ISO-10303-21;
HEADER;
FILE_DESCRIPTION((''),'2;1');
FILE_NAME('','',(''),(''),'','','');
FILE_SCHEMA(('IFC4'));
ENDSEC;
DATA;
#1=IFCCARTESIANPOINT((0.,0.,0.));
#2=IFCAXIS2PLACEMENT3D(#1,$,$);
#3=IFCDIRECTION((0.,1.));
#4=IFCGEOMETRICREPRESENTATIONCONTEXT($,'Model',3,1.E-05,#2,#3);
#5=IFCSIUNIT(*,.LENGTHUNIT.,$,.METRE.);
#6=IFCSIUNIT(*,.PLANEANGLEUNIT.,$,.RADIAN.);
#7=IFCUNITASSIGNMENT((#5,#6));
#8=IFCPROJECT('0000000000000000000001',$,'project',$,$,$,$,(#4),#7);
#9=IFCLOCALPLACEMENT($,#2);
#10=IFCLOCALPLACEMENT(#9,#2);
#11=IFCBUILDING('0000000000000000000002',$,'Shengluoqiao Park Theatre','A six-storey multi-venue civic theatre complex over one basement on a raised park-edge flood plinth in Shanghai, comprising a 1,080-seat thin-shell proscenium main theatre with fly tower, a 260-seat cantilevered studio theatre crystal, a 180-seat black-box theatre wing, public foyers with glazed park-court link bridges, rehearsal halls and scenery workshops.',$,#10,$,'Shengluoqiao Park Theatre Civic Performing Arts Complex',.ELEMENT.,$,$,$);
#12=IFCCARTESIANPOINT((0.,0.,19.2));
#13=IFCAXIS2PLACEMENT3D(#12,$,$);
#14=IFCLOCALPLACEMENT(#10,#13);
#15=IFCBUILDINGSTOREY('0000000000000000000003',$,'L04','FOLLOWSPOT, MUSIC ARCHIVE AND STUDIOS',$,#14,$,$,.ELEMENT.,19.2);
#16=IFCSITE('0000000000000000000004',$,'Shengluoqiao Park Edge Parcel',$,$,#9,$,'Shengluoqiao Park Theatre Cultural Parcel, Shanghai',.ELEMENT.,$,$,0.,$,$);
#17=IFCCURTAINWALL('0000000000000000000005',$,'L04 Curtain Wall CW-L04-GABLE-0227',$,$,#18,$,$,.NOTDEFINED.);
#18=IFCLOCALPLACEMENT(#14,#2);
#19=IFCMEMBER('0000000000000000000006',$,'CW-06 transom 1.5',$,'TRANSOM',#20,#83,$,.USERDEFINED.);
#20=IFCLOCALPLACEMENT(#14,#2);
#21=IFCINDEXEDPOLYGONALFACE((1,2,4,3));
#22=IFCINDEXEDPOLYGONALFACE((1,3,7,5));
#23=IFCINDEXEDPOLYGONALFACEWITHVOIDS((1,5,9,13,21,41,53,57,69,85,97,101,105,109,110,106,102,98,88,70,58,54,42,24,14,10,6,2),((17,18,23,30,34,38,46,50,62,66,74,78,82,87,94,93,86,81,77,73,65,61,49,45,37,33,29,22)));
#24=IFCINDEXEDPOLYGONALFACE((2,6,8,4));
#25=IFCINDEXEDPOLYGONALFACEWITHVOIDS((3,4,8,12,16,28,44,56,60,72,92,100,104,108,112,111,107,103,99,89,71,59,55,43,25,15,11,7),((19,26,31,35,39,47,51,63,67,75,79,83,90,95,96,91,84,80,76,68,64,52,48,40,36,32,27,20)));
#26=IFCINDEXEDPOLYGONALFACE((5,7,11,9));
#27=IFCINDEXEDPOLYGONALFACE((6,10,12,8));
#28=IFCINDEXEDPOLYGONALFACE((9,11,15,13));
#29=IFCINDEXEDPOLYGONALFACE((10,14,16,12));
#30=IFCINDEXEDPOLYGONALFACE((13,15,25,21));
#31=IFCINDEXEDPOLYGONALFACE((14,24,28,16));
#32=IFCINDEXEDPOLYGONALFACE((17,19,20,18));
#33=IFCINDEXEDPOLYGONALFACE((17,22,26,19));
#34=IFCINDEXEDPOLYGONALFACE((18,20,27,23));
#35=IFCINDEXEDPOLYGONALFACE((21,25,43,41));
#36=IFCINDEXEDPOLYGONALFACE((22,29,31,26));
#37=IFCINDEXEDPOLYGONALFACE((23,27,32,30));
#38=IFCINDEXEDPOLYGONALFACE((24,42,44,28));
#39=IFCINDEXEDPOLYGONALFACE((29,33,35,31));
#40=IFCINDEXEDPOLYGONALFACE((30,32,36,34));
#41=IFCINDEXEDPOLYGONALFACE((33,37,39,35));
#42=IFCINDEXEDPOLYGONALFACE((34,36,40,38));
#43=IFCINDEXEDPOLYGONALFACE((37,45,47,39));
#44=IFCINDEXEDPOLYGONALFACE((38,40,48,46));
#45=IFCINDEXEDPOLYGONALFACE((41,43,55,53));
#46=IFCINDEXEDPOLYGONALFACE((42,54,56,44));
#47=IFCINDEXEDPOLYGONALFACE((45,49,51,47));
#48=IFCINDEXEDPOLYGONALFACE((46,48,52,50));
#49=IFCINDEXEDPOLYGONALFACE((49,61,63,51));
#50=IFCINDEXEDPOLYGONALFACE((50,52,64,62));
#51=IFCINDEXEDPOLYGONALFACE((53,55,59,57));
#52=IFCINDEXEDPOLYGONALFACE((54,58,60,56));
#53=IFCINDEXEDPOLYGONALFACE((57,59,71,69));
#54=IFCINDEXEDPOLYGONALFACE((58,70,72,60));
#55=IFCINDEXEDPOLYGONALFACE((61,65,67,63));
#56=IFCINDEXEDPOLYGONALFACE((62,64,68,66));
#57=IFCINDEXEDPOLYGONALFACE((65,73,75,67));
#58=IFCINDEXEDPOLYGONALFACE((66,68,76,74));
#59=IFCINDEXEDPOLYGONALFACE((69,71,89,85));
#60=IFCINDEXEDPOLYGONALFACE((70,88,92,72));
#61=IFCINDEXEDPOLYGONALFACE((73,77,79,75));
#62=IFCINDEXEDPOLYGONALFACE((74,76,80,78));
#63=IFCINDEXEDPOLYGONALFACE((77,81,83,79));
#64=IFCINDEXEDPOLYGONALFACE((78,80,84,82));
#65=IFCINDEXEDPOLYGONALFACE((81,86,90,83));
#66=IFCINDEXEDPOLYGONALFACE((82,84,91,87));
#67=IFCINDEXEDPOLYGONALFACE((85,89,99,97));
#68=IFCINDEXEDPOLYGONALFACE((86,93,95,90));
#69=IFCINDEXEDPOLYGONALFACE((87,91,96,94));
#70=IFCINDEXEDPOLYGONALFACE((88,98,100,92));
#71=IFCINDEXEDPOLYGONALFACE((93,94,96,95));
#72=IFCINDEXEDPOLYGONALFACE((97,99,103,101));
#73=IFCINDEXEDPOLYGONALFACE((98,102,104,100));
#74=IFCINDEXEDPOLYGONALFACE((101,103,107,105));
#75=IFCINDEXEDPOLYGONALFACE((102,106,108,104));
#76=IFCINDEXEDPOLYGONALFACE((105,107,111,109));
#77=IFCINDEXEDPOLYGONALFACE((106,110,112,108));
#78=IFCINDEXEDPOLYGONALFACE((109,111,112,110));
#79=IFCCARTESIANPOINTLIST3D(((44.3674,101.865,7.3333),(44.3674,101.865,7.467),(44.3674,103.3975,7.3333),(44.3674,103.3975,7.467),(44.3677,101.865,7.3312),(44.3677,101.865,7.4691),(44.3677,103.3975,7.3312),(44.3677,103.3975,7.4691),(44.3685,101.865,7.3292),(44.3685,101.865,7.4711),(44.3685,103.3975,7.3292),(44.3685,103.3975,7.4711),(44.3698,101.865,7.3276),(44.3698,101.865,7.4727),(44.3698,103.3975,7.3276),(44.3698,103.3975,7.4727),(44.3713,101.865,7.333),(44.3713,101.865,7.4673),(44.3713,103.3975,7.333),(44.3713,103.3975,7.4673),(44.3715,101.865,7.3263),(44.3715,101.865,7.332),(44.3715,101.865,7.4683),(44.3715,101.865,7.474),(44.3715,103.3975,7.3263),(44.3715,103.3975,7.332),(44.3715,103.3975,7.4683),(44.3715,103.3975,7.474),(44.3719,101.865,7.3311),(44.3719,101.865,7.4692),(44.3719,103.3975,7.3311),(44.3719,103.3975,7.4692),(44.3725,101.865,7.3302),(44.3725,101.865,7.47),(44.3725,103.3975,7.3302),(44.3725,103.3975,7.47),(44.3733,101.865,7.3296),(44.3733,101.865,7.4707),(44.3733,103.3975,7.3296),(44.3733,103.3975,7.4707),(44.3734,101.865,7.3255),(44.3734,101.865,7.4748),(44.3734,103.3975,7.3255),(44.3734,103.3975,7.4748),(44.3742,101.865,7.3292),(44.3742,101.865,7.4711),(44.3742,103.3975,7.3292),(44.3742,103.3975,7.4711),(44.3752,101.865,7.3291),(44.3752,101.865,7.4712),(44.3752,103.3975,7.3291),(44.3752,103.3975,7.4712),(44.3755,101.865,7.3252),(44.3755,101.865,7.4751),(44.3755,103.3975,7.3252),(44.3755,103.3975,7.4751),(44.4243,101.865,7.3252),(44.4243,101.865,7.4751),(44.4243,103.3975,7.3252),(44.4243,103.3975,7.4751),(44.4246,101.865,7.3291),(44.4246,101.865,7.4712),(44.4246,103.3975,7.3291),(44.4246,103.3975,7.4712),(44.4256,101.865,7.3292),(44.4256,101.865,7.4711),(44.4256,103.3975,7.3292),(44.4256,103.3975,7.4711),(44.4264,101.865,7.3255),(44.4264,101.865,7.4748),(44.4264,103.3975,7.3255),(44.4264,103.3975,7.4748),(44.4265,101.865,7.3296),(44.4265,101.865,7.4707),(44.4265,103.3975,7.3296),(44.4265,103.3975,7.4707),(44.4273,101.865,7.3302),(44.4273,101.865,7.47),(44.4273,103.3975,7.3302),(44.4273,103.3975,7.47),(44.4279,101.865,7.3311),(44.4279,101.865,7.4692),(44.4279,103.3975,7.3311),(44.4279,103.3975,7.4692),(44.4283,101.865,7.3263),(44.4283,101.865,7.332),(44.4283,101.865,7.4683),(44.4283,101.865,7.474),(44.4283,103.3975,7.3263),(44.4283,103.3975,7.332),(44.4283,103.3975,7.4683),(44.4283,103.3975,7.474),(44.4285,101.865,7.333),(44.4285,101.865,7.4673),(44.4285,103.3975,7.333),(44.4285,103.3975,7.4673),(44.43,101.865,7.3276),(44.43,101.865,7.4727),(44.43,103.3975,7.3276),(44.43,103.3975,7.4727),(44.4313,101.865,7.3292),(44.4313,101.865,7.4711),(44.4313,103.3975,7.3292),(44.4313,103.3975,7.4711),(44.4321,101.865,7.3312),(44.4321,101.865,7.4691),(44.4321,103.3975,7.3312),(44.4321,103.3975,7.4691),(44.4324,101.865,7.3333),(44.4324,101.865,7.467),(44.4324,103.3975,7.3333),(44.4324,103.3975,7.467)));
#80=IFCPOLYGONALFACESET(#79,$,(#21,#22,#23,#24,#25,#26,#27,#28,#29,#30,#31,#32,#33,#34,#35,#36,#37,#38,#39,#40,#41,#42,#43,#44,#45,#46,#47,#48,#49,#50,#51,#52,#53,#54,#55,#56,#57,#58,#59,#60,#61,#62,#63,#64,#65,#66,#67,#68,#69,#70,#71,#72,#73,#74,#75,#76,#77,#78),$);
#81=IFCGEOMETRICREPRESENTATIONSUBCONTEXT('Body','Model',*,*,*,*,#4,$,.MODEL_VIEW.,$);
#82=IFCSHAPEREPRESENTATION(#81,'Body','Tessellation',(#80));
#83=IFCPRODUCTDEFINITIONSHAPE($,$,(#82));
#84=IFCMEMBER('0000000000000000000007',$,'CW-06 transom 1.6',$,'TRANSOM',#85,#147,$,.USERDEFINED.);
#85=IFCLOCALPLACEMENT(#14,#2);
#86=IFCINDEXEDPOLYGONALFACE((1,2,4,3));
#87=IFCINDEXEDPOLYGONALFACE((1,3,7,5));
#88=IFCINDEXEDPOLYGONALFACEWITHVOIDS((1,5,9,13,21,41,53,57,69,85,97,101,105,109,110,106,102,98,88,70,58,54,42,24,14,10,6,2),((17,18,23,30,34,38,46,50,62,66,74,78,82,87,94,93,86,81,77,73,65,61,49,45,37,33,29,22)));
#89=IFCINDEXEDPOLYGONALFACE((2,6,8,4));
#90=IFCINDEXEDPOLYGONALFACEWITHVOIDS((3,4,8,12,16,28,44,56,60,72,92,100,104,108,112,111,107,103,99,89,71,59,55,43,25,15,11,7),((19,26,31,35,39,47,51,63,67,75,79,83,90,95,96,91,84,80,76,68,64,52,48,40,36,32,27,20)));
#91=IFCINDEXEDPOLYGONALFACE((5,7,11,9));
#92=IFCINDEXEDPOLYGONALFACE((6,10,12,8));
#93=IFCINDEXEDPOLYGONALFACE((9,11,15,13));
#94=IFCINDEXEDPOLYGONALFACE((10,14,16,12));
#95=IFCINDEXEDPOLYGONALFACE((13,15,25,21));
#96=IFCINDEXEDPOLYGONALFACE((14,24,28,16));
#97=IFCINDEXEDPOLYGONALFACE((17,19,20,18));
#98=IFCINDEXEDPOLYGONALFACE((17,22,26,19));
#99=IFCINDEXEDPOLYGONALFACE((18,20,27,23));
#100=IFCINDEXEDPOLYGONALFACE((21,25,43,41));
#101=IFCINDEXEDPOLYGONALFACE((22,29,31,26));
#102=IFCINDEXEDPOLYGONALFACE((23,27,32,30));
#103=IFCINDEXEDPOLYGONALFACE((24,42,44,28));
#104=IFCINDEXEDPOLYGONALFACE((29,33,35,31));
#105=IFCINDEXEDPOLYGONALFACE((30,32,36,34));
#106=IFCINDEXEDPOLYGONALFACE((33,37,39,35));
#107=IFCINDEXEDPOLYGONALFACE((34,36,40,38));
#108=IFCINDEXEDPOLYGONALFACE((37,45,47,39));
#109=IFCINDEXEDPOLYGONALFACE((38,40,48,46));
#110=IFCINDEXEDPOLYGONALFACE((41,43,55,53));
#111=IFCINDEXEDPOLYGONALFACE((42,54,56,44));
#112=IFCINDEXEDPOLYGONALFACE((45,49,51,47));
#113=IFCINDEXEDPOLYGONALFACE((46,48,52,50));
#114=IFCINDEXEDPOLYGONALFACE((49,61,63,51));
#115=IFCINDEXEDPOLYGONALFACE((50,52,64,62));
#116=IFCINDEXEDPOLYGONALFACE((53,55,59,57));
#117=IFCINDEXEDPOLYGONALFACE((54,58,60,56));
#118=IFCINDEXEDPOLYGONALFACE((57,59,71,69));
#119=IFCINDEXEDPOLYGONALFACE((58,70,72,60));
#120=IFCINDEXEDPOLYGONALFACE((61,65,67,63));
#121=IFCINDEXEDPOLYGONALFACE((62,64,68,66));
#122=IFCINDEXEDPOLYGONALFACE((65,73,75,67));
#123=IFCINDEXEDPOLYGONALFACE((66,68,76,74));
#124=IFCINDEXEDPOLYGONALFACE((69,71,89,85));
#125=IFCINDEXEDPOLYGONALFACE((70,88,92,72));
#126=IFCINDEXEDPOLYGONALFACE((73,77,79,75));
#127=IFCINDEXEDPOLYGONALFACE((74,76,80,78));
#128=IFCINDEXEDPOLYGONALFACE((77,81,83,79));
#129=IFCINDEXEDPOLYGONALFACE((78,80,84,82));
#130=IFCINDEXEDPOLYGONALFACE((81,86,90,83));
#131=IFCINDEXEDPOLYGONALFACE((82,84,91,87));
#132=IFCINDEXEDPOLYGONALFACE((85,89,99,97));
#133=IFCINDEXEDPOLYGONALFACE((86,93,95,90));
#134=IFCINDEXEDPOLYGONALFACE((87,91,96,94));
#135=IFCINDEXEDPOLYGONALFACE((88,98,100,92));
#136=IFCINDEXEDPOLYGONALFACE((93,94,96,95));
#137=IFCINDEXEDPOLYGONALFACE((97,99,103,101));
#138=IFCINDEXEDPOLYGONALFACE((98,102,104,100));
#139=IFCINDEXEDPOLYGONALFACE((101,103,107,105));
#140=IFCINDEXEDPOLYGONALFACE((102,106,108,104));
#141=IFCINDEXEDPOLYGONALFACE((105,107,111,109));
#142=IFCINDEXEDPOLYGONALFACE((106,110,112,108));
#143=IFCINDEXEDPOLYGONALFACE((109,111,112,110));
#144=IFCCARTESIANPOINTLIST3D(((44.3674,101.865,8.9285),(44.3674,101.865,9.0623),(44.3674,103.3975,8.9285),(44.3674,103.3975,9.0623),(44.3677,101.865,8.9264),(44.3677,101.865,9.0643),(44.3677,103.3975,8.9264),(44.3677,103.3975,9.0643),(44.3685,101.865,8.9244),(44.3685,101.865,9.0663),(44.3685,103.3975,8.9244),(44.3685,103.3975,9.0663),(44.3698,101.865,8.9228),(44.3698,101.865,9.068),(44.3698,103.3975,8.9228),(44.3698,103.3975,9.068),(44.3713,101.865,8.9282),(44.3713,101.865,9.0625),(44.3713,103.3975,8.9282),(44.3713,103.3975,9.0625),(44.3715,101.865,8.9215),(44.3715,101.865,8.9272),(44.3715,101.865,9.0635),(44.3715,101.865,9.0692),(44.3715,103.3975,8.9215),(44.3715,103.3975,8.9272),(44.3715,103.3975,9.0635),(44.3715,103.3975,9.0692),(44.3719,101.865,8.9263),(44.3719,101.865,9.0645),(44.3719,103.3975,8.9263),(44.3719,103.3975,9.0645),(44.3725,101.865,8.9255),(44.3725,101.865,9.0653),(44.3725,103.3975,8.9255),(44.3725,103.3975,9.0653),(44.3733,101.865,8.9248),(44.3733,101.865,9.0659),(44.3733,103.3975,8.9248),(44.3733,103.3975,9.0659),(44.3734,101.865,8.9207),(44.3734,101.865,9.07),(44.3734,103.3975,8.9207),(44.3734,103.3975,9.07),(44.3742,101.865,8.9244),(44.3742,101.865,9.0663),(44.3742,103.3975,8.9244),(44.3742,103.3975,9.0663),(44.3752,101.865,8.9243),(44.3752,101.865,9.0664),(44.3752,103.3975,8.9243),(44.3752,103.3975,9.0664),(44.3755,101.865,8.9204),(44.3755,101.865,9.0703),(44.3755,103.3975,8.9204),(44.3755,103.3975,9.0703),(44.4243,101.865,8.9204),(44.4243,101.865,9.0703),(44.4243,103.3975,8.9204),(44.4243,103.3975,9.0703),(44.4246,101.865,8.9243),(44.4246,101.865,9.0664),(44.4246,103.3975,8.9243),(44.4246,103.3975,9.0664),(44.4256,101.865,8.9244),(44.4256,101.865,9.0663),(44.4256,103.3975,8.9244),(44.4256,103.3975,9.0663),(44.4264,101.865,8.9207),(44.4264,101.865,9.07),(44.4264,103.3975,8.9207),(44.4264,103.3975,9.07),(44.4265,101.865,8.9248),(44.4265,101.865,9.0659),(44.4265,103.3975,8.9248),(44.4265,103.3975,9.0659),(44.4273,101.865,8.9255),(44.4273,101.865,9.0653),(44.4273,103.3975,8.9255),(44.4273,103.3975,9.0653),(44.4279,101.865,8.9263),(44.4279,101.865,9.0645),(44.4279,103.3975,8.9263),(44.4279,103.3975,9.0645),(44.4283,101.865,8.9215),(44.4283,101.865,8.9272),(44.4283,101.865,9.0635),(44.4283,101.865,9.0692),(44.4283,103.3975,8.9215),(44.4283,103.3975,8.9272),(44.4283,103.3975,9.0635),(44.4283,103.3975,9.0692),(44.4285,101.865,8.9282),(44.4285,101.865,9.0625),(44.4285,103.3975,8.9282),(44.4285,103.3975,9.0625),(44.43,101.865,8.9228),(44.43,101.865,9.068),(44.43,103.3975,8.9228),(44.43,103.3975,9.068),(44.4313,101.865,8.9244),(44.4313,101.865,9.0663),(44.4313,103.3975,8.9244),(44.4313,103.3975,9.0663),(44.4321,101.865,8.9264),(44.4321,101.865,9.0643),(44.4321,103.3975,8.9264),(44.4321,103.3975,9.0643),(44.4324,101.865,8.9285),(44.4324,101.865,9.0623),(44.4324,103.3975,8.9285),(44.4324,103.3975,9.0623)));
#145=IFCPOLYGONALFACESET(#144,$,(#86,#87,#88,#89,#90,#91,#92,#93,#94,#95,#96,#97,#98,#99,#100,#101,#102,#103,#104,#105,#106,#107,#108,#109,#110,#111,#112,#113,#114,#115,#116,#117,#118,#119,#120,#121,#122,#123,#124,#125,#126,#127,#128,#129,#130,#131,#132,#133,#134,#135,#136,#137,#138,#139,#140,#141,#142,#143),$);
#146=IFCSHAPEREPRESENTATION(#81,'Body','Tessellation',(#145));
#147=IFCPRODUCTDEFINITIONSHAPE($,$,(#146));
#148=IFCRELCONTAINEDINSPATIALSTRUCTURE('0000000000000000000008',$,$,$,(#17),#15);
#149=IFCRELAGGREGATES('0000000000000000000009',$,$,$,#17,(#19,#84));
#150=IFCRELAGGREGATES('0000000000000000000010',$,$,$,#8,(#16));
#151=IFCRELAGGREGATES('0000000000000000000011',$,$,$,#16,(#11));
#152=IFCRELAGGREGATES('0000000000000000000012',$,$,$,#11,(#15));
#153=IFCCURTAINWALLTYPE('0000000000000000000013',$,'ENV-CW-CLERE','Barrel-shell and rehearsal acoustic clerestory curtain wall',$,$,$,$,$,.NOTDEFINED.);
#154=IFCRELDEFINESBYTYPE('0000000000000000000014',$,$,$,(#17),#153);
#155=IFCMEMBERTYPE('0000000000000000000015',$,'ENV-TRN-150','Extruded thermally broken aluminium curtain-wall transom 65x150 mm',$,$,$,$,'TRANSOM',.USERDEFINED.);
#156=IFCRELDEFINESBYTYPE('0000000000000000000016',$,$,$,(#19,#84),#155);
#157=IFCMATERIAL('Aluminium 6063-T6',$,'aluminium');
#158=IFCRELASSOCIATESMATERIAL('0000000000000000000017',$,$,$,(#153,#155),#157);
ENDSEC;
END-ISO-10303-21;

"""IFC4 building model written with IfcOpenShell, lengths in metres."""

from ifc_helpers import new_model, si_unit, direction, frame, origin, origin_2d, place, context, subcontext, project, spatial, hollow_rectangle, extrude, material, material_profile, profile_set, type_object, element, aggregate, save


model = new_model("IFC4")

# Units and contexts
model_context = context("Model", 3, precision=1e-05, world=origin(), true_north=direction((0.0, 1.0)))
body_context = subcontext(model_context, "Body", "Model", "MODEL_VIEW")
ifc_project = project(units=[si_unit("LENGTHUNIT", "METRE"), si_unit("PLANEANGLEUNIT", "RADIAN")], contexts=[model_context])

# Site, building, storey
site_placement = place(None, origin())
site = spatial("IfcSite", under=ifc_project, at=site_placement, Name="Shengluoqiao Park Edge Parcel", LongName="Shengluoqiao Park Theatre Cultural Parcel, Shanghai", CompositionType="ELEMENT", RefElevation=0.0)
building_placement = place(site_placement, origin())
building = spatial("IfcBuilding", under=site, at=building_placement, Name="Shengluoqiao Park Theatre", Description="A six-storey multi-venue civic theatre complex over one basement on a raised park-edge flood plinth in Shanghai, comprising a 1,080-seat thin-shell proscenium main theatre with fly tower, a 260-seat cantilevered studio theatre crystal, a 180-seat black-box theatre wing, public foyers with glazed park-court link bridges, rehearsal halls and scenery workshops.", LongName="Shengluoqiao Park Theatre Civic Performing Arts Complex", CompositionType="ELEMENT")
storey_placement = place(building_placement, frame((0.0, 0.0, 19.2)))
storey = spatial("IfcBuildingStorey", under=building, at=storey_placement, Name="L04", Description="FOLLOWSPOT, MUSIC ARCHIVE AND STUDIOS", CompositionType="ELEMENT", Elevation=19.2)

# Curtain wall, members
ifc_material_1 = material(Name="Aluminium 6063-T6", Category="aluminium")
curtain_wall_type = type_object("IfcCurtainWallType", Name="ENV-CW-CLERE", Description="Barrel-shell and rehearsal acoustic clerestory curtain wall", PredefinedType="NOTDEFINED", material=ifc_material_1)
curtain_wall_1_placement = place(storey_placement, origin())
curtain_wall_1 = element("IfcCurtainWall", 1, at=curtain_wall_1_placement, inside=storey, type_object=curtain_wall_type, Name="L04 Curtain Wall CW-L04-GABLE-0227", PredefinedType="NOTDEFINED")
ifc_material_profile = material_profile(ifc_material_1, hollow_rectangle(XDim=0.0649, YDim=0.1499, WallThickness=0.0039, InnerFilletRadius=0.0039, OuterFilletRadius=0.0081, at=origin_2d()), Name="ALU TRANSOM 150x65x4")
ifc_profile_set = profile_set([ifc_material_profile], Name="Aluminium 6063-T6")
member_type = type_object("IfcMemberType", Name="ENV-TRN-150", Description="Extruded thermally broken aluminium curtain-wall transom 65x150 mm", ElementType="TRANSOM", PredefinedType="USERDEFINED", material=ifc_profile_set)
member_1_placement = place(storey_placement, frame((44.3999, 101.865, 7.4001), z_axis=(0.0, 1.0, 0.0), x_axis=(-1.0, 0.0, 0.0)))
member_1 = element("IfcMember", 2, at=member_1_placement, type_object=member_type, Name="CW-06 transom 1.5", ObjectType="TRANSOM", PredefinedType="USERDEFINED", context=body_context, shape_type="SweptSolid", body=[
    extrude(hollow_rectangle(XDim=0.0649, YDim=0.1499, WallThickness=0.0039, InnerFilletRadius=0.0039, OuterFilletRadius=0.0081, at=origin_2d()), origin(), (0.0, 0.0, 1.0), 1.5325),
])
member_2_placement = place(storey_placement, frame((44.3999, 101.865, 8.9954), z_axis=(0.0, 1.0, 0.0), x_axis=(-1.0, 0.0, 0.0)))
member_2 = element("IfcMember", 3, at=member_2_placement, type_object=member_type, Name="CW-06 transom 1.6", ObjectType="TRANSOM", PredefinedType="USERDEFINED", context=body_context, shape_type="SweptSolid", body=[
    extrude(hollow_rectangle(XDim=0.0649, YDim=0.1499, WallThickness=0.0039, InnerFilletRadius=0.0039, OuterFilletRadius=0.0081, at=origin_2d()), origin(), (0.0, 0.0, 1.0), 1.5325),
])

aggregate(curtain_wall_1, [member_1, member_2])

save(model, "model.ifc")
